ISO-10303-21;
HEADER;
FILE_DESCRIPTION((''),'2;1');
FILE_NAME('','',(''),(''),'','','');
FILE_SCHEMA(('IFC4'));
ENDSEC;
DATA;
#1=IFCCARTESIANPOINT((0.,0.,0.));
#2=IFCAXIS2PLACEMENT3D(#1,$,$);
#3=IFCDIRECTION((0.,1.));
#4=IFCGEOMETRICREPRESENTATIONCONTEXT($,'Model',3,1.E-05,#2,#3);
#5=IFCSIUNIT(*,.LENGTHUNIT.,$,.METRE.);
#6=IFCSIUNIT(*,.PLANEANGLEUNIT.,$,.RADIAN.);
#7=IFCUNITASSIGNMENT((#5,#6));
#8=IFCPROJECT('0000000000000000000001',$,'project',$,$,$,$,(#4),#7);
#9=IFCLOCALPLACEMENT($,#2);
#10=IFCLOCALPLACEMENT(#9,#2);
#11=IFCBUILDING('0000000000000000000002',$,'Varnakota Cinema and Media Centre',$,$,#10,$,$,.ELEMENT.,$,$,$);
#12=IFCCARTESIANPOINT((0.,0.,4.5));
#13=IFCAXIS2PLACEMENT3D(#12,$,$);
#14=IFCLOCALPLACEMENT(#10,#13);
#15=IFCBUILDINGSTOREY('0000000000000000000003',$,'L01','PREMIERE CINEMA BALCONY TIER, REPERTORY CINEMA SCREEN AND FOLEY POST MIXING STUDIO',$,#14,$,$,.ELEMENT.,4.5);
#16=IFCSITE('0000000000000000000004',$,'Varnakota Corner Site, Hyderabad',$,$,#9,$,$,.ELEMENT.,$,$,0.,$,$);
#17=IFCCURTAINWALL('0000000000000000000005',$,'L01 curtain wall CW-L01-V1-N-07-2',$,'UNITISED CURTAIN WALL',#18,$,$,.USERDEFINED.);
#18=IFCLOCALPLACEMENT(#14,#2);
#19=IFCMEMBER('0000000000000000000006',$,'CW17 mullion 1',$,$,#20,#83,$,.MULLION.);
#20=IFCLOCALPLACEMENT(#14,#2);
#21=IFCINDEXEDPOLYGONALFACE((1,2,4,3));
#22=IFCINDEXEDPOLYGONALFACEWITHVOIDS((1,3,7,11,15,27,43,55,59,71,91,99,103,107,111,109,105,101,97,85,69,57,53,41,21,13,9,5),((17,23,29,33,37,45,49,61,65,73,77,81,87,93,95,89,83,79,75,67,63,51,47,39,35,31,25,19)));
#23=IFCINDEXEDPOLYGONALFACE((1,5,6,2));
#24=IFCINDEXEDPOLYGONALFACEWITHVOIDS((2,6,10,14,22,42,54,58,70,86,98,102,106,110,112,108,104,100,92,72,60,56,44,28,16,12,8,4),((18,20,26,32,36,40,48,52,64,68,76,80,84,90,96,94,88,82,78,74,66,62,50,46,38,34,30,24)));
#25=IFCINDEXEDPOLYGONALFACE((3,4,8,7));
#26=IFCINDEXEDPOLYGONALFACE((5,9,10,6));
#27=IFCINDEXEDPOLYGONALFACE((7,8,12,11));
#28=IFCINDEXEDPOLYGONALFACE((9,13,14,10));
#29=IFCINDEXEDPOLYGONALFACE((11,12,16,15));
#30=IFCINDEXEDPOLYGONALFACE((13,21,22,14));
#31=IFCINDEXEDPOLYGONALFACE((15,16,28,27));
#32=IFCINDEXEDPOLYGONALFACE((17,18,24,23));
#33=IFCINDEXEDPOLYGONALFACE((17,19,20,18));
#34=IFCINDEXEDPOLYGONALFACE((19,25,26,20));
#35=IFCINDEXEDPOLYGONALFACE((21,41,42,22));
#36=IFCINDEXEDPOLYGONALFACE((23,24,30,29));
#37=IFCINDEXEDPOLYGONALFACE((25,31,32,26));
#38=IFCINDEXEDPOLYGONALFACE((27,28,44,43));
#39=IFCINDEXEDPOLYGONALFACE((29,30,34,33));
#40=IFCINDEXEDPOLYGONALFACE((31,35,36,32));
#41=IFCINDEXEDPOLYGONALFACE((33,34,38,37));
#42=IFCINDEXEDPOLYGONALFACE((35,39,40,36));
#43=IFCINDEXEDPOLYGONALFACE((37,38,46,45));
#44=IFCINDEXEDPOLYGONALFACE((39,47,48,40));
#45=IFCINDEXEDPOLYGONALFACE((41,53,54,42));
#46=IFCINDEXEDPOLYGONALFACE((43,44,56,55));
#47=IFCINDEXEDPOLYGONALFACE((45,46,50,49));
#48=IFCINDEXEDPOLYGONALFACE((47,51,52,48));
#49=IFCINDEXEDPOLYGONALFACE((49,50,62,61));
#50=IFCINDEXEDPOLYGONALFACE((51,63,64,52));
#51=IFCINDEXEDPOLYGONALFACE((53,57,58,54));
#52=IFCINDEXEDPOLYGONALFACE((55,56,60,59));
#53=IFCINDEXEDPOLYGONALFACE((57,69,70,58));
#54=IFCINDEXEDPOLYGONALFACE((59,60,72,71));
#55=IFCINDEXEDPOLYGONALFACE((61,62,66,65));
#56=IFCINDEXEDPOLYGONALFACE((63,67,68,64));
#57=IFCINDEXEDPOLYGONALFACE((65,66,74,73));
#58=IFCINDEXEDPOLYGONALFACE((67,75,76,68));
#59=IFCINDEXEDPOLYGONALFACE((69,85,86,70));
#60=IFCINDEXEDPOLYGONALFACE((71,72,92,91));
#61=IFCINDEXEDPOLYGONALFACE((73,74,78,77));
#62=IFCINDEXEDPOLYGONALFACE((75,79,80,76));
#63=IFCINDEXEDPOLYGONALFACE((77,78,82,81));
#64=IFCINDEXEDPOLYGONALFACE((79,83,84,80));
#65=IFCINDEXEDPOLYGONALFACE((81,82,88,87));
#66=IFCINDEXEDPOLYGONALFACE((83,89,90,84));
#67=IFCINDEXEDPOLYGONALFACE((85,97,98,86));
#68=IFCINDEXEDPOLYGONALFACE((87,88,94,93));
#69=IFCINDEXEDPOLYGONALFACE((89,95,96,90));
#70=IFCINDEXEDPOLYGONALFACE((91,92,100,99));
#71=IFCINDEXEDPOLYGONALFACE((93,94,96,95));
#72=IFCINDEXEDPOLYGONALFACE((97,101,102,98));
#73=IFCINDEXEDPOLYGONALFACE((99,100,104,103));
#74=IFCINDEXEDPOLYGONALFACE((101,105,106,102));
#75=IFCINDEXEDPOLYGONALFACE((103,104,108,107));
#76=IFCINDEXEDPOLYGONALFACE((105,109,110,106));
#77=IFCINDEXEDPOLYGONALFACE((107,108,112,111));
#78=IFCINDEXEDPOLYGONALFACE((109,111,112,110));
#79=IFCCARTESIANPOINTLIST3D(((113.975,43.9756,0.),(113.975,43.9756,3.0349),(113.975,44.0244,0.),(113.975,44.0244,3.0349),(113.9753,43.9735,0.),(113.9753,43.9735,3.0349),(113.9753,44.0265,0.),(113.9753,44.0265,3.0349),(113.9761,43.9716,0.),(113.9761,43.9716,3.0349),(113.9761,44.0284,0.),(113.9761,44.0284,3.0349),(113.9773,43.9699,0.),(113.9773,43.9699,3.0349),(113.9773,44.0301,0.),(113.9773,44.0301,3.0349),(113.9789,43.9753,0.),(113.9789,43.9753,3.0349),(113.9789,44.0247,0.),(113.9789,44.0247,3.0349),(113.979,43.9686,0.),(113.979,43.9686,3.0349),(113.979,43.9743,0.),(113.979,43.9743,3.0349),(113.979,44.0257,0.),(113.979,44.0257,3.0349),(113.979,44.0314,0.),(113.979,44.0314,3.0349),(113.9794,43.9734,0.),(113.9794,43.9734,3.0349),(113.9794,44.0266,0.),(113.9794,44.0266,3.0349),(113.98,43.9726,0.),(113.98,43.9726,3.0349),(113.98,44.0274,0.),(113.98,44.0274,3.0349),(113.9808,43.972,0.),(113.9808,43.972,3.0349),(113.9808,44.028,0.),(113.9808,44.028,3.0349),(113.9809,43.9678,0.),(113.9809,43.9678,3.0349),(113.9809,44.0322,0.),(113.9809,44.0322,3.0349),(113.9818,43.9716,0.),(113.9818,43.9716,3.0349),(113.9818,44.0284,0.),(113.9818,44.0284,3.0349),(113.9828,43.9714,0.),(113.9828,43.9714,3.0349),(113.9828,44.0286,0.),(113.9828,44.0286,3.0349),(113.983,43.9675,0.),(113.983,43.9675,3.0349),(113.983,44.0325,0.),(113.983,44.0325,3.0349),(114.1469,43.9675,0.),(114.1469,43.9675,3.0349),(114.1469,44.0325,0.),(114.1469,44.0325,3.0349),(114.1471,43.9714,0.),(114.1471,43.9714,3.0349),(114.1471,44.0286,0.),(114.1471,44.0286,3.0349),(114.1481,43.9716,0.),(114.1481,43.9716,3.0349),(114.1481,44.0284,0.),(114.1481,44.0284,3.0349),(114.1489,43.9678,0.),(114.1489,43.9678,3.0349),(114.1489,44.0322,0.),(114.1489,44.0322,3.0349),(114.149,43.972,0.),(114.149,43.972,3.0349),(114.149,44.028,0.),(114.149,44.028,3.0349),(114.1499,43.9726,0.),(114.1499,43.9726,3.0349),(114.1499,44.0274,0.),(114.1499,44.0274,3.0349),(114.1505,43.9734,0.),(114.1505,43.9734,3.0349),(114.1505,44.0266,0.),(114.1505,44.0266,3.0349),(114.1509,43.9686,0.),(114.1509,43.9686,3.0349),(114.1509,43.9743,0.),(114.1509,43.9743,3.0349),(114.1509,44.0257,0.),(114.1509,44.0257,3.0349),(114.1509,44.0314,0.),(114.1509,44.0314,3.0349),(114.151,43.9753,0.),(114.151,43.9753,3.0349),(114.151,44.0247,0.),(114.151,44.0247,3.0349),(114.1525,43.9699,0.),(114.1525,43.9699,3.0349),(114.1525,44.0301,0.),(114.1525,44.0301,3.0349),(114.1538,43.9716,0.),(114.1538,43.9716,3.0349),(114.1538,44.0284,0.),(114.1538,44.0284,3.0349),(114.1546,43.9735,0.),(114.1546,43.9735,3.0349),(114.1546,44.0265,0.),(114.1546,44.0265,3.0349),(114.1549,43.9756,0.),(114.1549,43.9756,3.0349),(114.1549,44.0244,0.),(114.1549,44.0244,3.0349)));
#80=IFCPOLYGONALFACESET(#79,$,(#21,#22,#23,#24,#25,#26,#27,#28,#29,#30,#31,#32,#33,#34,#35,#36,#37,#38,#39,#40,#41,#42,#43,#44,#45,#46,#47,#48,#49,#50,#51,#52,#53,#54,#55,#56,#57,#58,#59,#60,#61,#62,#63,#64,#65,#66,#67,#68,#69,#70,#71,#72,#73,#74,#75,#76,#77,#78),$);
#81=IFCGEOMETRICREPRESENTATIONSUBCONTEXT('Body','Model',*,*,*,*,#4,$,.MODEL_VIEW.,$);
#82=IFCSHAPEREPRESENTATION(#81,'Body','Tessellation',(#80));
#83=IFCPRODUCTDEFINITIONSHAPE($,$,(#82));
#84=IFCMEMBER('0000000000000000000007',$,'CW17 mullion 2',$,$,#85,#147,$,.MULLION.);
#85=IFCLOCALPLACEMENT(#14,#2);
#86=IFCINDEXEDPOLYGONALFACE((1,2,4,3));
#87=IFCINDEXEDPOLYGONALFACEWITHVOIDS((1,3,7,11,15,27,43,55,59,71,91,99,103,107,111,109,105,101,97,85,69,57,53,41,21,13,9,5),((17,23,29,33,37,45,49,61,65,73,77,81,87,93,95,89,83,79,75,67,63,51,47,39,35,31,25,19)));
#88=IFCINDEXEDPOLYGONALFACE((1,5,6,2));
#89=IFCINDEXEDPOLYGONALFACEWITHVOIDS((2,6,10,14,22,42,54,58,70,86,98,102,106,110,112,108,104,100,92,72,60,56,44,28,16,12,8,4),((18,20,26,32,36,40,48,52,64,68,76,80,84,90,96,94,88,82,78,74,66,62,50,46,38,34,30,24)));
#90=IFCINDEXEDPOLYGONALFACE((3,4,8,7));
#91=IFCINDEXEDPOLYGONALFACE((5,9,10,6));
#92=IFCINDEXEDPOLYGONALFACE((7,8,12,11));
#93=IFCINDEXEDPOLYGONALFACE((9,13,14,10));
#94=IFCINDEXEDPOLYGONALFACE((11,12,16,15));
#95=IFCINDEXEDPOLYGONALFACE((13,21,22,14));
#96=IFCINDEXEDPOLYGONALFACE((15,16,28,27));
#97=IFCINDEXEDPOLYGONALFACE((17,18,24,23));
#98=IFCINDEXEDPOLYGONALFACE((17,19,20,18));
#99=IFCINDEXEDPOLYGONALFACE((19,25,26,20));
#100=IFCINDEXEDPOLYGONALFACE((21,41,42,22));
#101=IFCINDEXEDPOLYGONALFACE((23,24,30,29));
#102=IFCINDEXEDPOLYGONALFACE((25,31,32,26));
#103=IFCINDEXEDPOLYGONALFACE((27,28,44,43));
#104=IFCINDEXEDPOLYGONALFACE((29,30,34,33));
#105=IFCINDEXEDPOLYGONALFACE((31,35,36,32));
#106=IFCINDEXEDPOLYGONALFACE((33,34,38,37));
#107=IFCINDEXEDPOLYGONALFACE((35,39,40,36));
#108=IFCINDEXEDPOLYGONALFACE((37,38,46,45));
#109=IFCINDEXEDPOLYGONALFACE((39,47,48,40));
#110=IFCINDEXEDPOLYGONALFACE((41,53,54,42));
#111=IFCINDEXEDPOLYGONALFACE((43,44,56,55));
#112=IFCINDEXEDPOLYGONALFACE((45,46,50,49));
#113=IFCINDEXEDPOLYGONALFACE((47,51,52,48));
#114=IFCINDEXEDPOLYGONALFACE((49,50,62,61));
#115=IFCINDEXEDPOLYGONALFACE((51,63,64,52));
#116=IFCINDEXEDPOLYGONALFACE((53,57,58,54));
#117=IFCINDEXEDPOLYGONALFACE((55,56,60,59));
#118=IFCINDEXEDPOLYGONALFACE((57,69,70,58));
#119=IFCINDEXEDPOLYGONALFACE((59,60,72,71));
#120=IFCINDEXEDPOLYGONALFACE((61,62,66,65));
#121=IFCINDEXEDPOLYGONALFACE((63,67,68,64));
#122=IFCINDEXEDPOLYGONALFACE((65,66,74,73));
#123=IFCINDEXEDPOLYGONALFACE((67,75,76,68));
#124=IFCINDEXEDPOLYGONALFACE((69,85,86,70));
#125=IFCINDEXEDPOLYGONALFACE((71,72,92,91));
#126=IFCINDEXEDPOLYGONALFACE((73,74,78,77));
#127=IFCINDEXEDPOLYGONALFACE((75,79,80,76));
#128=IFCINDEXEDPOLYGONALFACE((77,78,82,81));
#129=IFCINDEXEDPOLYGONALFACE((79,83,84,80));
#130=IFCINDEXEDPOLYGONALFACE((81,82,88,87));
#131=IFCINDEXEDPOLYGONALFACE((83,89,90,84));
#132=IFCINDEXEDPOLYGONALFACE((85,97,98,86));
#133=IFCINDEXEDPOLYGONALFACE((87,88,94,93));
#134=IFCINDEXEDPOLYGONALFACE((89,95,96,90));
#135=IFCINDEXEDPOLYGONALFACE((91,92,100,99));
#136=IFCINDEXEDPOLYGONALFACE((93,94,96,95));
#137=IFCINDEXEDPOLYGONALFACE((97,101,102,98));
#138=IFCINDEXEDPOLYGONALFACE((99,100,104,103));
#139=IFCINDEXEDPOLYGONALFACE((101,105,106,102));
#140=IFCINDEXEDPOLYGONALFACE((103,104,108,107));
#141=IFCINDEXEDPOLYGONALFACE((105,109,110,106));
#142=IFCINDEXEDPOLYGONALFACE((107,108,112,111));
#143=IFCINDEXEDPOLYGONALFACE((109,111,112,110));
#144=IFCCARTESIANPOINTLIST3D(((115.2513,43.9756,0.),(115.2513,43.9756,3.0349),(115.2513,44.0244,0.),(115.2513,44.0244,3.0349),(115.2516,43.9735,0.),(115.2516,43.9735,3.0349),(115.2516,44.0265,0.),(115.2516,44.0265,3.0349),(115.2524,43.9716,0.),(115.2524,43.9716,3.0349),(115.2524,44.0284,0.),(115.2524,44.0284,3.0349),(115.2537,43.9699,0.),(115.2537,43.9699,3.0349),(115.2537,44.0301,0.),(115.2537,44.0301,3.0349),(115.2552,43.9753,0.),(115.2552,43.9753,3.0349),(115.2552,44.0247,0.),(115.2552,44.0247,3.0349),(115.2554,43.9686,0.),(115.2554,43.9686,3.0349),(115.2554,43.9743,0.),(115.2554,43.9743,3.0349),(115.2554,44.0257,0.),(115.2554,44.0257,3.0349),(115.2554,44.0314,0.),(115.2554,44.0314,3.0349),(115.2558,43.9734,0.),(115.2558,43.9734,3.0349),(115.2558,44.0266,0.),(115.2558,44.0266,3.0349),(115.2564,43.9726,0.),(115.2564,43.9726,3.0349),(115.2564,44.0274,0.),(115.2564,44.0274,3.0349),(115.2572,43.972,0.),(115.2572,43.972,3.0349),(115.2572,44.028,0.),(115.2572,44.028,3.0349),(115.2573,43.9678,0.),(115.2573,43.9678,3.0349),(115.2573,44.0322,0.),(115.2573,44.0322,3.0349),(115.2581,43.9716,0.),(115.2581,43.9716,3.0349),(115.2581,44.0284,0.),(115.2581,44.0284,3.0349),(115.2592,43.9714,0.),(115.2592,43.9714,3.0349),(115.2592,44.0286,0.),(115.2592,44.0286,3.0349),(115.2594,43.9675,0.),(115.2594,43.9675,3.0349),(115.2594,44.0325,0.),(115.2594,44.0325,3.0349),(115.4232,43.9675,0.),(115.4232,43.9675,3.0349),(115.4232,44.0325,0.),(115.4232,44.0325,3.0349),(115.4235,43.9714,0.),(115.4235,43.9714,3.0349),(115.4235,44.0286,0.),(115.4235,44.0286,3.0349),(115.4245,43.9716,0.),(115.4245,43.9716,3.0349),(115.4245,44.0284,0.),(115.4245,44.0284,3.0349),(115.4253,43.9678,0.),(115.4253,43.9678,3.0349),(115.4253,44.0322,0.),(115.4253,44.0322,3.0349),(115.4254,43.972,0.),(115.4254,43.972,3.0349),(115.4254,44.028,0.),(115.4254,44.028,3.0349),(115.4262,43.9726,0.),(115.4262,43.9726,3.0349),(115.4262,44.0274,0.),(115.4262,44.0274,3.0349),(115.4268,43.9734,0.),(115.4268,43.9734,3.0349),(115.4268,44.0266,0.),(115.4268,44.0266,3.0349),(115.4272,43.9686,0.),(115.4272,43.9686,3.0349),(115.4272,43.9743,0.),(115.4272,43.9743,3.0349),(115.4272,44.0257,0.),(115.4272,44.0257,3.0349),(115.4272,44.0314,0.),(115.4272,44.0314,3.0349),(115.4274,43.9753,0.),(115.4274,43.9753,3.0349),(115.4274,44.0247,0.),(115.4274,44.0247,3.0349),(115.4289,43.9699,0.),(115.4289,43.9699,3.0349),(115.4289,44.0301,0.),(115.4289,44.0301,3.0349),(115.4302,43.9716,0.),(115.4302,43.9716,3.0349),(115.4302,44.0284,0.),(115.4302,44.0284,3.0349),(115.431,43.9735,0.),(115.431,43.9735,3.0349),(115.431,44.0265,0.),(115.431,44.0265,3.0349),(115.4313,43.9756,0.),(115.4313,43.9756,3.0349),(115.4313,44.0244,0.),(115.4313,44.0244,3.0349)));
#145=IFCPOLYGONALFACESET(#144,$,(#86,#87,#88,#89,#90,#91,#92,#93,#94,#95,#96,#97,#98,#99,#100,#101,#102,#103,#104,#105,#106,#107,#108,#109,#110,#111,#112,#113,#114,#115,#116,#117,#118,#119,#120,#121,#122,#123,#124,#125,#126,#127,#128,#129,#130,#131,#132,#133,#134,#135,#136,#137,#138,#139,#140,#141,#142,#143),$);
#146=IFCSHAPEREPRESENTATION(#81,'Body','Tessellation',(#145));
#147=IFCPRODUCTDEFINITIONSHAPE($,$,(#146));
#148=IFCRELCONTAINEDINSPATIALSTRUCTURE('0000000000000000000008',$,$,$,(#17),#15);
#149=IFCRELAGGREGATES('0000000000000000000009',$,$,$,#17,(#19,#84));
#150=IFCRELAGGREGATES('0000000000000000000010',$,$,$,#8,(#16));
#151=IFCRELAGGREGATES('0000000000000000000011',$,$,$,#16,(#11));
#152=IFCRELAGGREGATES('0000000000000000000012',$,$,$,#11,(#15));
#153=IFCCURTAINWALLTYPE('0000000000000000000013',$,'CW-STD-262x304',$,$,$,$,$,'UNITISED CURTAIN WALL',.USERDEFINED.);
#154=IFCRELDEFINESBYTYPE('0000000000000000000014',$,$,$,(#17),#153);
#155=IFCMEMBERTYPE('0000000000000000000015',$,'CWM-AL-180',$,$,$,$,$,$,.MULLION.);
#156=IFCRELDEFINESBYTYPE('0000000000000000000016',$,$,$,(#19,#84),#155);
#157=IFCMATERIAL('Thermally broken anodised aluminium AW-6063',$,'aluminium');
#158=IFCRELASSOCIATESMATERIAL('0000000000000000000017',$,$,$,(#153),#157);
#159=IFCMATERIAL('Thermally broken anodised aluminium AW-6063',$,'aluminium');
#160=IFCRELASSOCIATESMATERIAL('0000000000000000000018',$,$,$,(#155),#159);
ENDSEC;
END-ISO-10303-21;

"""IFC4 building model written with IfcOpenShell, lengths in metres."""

from ifc_helpers import new_model, si_unit, direction, frame, origin, origin_2d, place, context, subcontext, project, spatial, hollow_rectangle, extrude, material, material_profile, profile_set, type_object, element, aggregate, save


model = new_model("IFC4")

# Units and contexts
model_context = context("Model", 3, precision=1e-05, world=origin(), true_north=direction((0.0, 1.0)))
body_context = subcontext(model_context, "Body", "Model", "MODEL_VIEW")
ifc_project = project(units=[si_unit("LENGTHUNIT", "METRE"), si_unit("PLANEANGLEUNIT", "RADIAN")], contexts=[model_context])

# Site, building, storey
site_placement = place(None, origin())
site = spatial("IfcSite", under=ifc_project, at=site_placement, Name="Varnakota Corner Site, Hyderabad", CompositionType="ELEMENT", RefElevation=0.0)
building_placement = place(site_placement, origin())
building = spatial("IfcBuilding", under=site, at=building_placement, Name="Varnakota Cinema and Media Centre", CompositionType="ELEMENT")
storey_placement = place(building_placement, frame((0.0, 0.0, 4.5)))
storey = spatial("IfcBuildingStorey", under=building, at=storey_placement, Name="L01", Description="PREMIERE CINEMA BALCONY TIER, REPERTORY CINEMA SCREEN AND FOLEY POST MIXING STUDIO", CompositionType="ELEMENT", Elevation=4.5)

# Shared definitions
ifc_material_1 = material(Name="Thermally broken anodised aluminium AW-6063", Category="aluminium")
curtain_wall_type = type_object("IfcCurtainWallType", Name="CW-STD-262x304", ElementType="UNITISED CURTAIN WALL", PredefinedType="USERDEFINED", material=ifc_material_1)
ifc_material_2 = material(Name="Thermally broken anodised aluminium AW-6063", Category="aluminium")
ifc_material_profile_1 = material_profile(ifc_material_2, hollow_rectangle(XDim=0.0649, YDim=0.1799, WallThickness=0.0039, InnerFilletRadius=0.0039, OuterFilletRadius=0.0081, at=origin_2d()), Name="AL-MULLION 180x65x4")
ifc_profile_set_1 = profile_set([ifc_material_profile_1], Name="Thermally broken anodised aluminium AW-6063")
member_type_1 = type_object("IfcMemberType", Name="CWM-AL-180", PredefinedType="MULLION", material=ifc_profile_set_1)

# Curtain wall, members
curtain_wall_1_placement = place(storey_placement, origin())
curtain_wall_1 = element("IfcCurtainWall", 1, at=curtain_wall_1_placement, inside=storey, type_object=curtain_wall_type, Name="L01 curtain wall CW-L01-V1-N-07-2", ObjectType="UNITISED CURTAIN WALL", PredefinedType="USERDEFINED")
member_1_placement = place(storey_placement, frame((114.0649, 44.0, 0.0), z_axis=(0.0, 0.0, 1.0), x_axis=(0.0, 1.0, 0.0)))
member_1 = element("IfcMember", 2, at=member_1_placement, type_object=member_type_1, Name="CW17 mullion 1", PredefinedType="MULLION", context=body_context, shape_type="SweptSolid", body=[
    extrude(hollow_rectangle(XDim=0.0649, YDim=0.1799, WallThickness=0.0039, InnerFilletRadius=0.0039, OuterFilletRadius=0.0081, at=origin_2d()), origin(), (0.0, 0.0, 1.0), 3.0349),
])
member_2_placement = place(storey_placement, frame((115.3413, 44.0, 0.0), z_axis=(0.0, 0.0, 1.0), x_axis=(0.0, 1.0, 0.0)))
member_2 = element("IfcMember", 3, at=member_2_placement, type_object=member_type_1, Name="CW17 mullion 2", PredefinedType="MULLION", context=body_context, shape_type="SweptSolid", body=[
    extrude(hollow_rectangle(XDim=0.0649, YDim=0.1799, WallThickness=0.0039, InnerFilletRadius=0.0039, OuterFilletRadius=0.0081, at=origin_2d()), origin(), (0.0, 0.0, 1.0), 3.0349),
])

aggregate(curtain_wall_1, [member_1, member_2])

save(model, "model.ifc")
